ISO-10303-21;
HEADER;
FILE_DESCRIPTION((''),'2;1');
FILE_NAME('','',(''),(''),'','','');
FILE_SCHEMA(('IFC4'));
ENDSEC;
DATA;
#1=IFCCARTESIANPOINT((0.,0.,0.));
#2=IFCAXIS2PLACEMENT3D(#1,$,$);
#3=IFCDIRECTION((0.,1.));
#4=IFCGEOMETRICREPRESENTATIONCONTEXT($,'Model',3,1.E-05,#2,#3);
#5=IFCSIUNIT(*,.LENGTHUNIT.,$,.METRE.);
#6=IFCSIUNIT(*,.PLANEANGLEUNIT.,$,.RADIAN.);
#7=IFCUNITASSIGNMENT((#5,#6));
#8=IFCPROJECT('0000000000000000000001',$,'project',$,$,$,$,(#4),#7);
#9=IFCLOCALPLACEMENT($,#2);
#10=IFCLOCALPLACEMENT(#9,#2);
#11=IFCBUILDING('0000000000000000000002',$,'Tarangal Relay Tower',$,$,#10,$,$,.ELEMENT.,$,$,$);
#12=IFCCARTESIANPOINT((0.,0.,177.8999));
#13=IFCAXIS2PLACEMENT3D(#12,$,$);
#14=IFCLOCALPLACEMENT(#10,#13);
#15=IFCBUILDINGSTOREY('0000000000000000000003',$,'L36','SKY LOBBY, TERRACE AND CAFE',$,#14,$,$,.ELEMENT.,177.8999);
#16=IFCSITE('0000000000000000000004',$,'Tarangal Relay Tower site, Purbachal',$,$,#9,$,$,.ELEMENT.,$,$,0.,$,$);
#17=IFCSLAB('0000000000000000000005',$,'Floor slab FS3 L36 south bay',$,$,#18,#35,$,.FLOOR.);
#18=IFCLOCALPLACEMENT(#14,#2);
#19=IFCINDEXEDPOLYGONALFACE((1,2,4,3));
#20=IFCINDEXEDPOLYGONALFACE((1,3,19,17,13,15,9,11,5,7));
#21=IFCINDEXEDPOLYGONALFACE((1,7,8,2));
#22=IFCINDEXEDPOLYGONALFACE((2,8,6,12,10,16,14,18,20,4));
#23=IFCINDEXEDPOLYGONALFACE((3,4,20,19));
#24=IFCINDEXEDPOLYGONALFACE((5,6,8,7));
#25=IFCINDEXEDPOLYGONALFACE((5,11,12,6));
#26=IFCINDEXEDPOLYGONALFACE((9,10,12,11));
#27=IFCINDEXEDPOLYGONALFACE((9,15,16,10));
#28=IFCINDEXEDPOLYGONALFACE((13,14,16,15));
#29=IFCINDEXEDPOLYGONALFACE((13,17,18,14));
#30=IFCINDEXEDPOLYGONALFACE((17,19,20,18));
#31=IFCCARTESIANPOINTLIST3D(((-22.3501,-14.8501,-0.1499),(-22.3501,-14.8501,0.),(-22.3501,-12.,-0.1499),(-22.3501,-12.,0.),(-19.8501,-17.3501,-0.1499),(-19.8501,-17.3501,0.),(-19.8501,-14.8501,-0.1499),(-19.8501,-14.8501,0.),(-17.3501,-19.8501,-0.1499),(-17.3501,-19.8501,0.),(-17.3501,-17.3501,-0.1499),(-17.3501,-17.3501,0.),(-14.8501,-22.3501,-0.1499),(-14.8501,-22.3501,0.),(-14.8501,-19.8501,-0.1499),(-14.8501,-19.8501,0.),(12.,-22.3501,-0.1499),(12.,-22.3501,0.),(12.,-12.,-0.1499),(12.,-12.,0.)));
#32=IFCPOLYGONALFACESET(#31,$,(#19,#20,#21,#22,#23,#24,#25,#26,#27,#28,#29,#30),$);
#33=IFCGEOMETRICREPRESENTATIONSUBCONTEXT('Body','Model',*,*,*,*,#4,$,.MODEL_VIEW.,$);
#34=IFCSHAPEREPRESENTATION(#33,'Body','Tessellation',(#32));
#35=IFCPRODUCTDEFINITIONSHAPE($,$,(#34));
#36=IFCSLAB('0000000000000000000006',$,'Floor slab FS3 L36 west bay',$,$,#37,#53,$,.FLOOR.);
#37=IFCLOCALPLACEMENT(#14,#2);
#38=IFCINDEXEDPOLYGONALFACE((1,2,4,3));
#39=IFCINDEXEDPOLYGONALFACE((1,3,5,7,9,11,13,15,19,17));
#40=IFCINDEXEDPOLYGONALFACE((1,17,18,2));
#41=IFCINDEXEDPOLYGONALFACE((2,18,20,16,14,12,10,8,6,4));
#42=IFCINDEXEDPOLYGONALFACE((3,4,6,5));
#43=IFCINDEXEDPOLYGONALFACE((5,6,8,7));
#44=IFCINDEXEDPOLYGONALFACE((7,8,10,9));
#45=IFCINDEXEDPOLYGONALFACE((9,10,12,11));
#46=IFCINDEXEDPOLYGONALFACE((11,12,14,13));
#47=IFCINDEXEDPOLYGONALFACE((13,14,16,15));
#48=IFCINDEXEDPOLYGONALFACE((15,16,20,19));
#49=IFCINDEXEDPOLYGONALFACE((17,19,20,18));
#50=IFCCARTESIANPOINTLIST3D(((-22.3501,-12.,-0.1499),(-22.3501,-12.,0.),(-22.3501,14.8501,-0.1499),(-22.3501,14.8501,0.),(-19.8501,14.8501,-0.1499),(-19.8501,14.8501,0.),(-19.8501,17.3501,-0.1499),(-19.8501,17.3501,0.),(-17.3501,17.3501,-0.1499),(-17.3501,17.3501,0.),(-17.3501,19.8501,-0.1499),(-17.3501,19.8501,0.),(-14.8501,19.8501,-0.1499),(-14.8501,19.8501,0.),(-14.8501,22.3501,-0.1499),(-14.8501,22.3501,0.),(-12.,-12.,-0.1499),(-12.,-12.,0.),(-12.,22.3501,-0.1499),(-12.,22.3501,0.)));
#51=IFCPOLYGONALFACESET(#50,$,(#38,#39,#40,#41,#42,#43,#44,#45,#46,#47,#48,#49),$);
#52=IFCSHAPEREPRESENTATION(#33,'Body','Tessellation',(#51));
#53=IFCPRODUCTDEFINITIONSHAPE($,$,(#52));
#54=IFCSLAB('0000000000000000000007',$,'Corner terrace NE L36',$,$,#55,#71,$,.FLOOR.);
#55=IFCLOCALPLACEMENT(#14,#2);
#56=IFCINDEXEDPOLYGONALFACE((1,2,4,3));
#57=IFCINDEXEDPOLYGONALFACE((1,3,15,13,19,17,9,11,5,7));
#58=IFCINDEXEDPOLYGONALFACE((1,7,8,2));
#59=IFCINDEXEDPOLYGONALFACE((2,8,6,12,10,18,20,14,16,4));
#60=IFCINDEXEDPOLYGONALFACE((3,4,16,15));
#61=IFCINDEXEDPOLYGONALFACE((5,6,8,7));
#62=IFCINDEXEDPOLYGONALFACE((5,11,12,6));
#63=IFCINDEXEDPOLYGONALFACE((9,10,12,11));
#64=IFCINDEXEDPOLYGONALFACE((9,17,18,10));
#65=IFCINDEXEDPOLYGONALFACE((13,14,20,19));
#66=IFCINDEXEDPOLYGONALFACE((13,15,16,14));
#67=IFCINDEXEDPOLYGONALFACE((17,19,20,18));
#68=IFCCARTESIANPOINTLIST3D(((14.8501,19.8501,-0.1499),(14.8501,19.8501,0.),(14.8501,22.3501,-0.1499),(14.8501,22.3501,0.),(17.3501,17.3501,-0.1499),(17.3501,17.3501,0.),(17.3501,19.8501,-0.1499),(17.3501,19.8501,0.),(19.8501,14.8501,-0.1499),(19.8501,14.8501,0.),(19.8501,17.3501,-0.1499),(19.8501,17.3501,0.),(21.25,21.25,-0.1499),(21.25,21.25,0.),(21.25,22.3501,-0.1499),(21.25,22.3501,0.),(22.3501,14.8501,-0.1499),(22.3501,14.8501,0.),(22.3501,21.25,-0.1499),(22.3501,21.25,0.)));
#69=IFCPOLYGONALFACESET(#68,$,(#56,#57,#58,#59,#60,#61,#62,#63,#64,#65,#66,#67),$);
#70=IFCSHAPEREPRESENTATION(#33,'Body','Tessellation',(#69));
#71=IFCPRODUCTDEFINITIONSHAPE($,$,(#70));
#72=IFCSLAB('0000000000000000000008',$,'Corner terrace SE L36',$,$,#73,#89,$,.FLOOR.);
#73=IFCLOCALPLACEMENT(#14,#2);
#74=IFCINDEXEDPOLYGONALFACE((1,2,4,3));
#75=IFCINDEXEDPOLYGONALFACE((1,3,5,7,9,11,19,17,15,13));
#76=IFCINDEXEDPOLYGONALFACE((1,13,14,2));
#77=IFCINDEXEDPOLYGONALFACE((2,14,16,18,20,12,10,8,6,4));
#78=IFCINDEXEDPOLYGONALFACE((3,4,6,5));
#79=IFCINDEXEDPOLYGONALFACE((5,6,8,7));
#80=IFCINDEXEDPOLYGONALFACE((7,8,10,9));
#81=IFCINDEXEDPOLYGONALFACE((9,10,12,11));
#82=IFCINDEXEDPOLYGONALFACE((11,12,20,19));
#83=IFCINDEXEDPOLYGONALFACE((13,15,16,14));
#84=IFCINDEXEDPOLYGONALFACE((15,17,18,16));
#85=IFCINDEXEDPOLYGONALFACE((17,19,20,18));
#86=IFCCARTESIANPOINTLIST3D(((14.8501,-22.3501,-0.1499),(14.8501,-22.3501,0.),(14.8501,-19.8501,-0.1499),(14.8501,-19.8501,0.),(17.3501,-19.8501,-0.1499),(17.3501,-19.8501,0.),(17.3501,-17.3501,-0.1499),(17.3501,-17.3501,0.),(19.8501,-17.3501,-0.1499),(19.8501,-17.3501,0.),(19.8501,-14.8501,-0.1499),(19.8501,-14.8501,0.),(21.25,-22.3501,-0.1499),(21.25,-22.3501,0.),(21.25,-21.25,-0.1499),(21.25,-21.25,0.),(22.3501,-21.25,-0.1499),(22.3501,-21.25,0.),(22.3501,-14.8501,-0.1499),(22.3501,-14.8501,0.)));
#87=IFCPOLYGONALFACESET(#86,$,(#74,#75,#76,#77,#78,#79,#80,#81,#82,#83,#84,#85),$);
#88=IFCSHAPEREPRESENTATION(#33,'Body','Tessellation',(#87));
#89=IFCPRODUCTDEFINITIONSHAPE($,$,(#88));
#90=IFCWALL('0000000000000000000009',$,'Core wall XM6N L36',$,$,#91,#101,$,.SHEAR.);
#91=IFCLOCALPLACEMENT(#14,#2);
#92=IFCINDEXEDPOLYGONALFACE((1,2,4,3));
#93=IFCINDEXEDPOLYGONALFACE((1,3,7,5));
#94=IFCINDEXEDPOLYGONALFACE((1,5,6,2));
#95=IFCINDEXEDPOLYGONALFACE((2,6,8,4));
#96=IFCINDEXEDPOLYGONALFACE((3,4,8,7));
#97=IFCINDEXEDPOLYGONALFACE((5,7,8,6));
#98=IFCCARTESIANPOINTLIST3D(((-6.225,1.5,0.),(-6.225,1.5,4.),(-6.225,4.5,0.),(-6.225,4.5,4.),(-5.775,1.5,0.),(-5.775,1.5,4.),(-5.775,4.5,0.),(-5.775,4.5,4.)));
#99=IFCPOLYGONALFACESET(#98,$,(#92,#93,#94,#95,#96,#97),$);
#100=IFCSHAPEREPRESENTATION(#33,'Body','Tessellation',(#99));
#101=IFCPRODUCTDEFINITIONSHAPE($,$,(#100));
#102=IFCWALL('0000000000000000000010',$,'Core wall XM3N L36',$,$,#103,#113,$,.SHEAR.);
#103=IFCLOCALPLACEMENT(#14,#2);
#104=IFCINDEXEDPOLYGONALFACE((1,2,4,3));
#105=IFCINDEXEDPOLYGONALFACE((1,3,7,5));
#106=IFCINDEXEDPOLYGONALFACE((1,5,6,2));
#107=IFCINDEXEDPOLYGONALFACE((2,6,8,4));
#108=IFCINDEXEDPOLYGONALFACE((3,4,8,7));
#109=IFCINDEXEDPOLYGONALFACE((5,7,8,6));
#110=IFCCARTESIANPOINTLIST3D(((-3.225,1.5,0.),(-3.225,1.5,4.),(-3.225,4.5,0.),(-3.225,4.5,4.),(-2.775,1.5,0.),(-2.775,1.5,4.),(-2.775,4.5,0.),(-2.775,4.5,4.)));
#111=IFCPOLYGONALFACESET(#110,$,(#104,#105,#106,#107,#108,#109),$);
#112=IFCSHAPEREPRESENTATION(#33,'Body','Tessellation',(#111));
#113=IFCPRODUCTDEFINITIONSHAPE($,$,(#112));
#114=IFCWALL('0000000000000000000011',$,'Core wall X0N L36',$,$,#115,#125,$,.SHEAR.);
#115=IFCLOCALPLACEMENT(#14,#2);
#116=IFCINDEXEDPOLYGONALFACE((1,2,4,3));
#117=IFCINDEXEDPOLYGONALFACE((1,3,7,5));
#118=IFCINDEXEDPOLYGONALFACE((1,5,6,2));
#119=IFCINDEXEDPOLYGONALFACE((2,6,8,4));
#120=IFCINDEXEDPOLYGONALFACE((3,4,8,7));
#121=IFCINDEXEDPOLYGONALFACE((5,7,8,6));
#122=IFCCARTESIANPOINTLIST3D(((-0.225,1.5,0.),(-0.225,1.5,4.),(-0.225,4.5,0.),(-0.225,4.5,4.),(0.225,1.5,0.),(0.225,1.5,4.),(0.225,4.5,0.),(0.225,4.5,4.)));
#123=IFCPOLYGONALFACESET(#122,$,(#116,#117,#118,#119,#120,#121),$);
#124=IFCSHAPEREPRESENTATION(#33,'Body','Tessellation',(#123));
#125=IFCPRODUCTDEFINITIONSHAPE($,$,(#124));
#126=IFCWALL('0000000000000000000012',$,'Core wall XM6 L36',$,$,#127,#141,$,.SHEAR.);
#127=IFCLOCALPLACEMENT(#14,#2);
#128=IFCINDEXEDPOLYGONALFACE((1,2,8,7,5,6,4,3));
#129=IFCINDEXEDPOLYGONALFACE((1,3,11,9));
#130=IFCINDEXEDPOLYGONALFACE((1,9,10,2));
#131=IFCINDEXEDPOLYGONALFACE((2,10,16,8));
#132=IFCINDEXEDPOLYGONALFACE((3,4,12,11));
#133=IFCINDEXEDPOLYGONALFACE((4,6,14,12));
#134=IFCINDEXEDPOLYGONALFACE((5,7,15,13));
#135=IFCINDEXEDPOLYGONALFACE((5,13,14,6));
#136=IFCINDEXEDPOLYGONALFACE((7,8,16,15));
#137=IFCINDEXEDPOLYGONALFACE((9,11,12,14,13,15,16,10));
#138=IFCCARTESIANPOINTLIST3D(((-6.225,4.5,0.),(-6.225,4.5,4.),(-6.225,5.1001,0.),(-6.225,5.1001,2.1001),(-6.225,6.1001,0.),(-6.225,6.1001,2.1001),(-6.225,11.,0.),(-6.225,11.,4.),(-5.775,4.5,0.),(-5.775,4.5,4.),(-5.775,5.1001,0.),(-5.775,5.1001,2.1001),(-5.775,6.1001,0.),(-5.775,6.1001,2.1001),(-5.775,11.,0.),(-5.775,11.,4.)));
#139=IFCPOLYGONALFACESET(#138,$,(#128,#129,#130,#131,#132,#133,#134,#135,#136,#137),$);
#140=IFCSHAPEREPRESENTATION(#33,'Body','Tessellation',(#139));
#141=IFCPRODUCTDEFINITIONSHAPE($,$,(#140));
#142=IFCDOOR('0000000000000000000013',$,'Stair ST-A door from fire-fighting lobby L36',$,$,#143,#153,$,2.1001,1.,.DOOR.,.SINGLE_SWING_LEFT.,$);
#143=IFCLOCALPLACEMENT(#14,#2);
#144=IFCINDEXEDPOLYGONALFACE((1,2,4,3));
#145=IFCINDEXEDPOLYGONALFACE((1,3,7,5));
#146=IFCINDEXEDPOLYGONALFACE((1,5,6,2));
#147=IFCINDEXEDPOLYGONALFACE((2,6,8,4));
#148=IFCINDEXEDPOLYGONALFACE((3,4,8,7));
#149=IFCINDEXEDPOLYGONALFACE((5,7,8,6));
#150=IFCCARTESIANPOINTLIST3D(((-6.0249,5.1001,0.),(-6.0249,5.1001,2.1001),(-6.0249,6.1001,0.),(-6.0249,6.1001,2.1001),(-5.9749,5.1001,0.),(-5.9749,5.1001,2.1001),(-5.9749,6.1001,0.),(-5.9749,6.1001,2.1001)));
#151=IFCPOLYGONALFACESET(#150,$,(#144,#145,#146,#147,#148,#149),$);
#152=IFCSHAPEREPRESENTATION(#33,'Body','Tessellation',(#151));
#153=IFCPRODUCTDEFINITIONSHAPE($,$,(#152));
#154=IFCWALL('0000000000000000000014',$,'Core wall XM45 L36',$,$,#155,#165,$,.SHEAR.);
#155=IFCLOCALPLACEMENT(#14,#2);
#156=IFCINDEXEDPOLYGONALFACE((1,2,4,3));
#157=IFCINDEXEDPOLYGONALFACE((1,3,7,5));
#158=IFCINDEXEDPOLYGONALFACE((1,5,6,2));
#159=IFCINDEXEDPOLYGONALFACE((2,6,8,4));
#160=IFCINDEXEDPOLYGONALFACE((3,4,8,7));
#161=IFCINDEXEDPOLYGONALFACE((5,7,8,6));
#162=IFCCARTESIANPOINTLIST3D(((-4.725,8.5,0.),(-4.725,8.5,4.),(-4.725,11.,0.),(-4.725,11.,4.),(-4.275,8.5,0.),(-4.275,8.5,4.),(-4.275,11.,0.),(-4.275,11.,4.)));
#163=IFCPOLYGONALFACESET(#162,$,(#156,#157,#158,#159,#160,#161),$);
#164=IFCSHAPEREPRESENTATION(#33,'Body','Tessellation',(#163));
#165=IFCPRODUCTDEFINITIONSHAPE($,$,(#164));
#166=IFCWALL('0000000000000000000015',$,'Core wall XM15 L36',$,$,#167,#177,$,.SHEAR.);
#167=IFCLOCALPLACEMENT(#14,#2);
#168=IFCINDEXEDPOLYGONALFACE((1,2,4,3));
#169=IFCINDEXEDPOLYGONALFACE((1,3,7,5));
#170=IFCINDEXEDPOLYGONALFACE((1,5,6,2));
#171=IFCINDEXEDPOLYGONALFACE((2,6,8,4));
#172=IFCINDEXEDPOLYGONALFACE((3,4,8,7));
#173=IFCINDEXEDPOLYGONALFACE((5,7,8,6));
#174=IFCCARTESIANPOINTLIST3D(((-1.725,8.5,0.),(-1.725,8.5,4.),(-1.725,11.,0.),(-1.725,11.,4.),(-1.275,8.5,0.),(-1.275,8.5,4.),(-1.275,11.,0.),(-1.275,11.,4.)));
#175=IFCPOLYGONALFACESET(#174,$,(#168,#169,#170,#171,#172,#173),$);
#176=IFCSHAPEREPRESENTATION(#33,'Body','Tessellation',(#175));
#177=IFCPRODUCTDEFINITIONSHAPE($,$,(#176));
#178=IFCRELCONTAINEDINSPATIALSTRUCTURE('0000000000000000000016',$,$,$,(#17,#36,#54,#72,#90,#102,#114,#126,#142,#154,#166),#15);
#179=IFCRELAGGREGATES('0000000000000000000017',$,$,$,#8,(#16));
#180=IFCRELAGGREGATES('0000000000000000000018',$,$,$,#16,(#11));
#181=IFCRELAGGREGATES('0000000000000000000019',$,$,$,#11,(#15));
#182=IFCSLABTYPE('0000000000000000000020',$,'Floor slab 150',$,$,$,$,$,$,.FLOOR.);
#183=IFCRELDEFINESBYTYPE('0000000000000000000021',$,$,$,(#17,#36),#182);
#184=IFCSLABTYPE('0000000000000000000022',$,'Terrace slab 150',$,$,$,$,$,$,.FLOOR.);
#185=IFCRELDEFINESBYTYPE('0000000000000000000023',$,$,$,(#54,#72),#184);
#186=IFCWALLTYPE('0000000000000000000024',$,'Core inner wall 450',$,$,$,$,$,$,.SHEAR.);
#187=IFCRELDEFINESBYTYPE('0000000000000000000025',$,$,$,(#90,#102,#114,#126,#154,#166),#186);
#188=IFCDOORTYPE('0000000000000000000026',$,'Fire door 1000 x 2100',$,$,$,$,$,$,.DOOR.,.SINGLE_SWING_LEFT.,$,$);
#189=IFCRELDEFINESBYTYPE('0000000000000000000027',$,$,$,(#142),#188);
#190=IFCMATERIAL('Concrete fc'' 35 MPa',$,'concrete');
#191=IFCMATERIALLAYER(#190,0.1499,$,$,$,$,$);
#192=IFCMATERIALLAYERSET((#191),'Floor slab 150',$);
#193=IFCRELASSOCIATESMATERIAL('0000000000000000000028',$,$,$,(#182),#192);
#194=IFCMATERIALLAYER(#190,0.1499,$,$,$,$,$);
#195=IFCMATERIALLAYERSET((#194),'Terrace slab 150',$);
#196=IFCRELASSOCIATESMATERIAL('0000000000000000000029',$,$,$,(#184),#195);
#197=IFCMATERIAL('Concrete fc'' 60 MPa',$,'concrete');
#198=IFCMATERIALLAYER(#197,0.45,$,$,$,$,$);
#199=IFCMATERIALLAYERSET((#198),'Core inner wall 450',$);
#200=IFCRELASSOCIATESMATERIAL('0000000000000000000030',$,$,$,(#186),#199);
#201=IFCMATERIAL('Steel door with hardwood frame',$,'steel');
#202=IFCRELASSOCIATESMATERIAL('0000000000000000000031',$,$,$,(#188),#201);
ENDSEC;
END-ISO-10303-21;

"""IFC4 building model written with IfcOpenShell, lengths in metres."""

from ifc_helpers import new_model, si_unit, direction, frame, frame_2d, origin, place, context, subcontext, project, spatial, polyline, rectangle, outline, extrude, material, layer, layer_set, type_object, element, fill, save


model = new_model("IFC4")

# Units and contexts
model_context = context("Model", 3, precision=1e-05, world=origin(), true_north=direction((0.0, 1.0)))
body_context = subcontext(model_context, "Body", "Model", "MODEL_VIEW")
ifc_project = project(units=[si_unit("LENGTHUNIT", "METRE"), si_unit("PLANEANGLEUNIT", "RADIAN")], contexts=[model_context])

# Site, building, storey
site_placement = place(None, origin())
site = spatial("IfcSite", under=ifc_project, at=site_placement, Name="Tarangal Relay Tower site, Purbachal", CompositionType="ELEMENT", RefElevation=0.0)
building_placement = place(site_placement, origin())
building = spatial("IfcBuilding", under=site, at=building_placement, Name="Tarangal Relay Tower", CompositionType="ELEMENT")
storey_placement = place(building_placement, frame((0.0, 0.0, 177.8999)))
storey = spatial("IfcBuildingStorey", under=building, at=storey_placement, Name="L36", Description="SKY LOBBY, TERRACE AND CAFE", CompositionType="ELEMENT", Elevation=177.8999)

# Slabs
ifc_material_1 = material(Name="Concrete fc' 35 MPa", Category="concrete")
ifc_layer_1 = layer(ifc_material_1, 0.1499)
ifc_layer_set_1 = layer_set([ifc_layer_1], Name="Floor slab 150")
slab_type_1 = type_object("IfcSlabType", Name="Floor slab 150", PredefinedType="FLOOR", material=ifc_layer_set_1)
slab_1_placement = place(storey_placement, frame((0.0, 0.0, -0.1499)))
element("IfcSlab", 1, at=slab_1_placement, inside=storey, type_object=slab_type_1, Name="Floor slab FS3 L36 south bay", PredefinedType="FLOOR", context=body_context, shape_type="SweptSolid", body=[
    extrude(outline(polyline([(-14.8501, -22.3501), (-14.8501, -19.8501), (-17.3501, -19.8501), (-17.3501, -17.3501), (-19.8501, -17.3501), (-19.8501, -14.8501), (-22.3501, -14.8501), (-22.3501, -12.0), (12.0, -12.0), (12.0, -22.3501), (-14.8501, -22.3501)])), origin(), (0.0, 0.0, 1.0), 0.1499),
])
slab_2_placement = place(storey_placement, frame((0.0, 0.0, -0.1499)))
element("IfcSlab", 2, at=slab_2_placement, inside=storey, type_object=slab_type_1, Name="Floor slab FS3 L36 west bay", PredefinedType="FLOOR", context=body_context, shape_type="SweptSolid", body=[
    extrude(outline(polyline([(-12.0, 22.3501), (-12.0, -12.0), (-22.3501, -12.0), (-22.3501, 14.8501), (-19.8501, 14.8501), (-19.8501, 17.3501), (-17.3501, 17.3501), (-17.3501, 19.8501), (-14.8501, 19.8501), (-14.8501, 22.3501), (-12.0, 22.3501)])), origin(), (0.0, 0.0, 1.0), 0.1499),
])
ifc_layer_2 = layer(ifc_material_1, 0.1499)
ifc_layer_set_2 = layer_set([ifc_layer_2], Name="Terrace slab 150")
slab_type_2 = type_object("IfcSlabType", Name="Terrace slab 150", PredefinedType="FLOOR", material=ifc_layer_set_2)
slab_3_placement = place(storey_placement, frame((0.0, 0.0, -0.1499)))
element("IfcSlab", 3, at=slab_3_placement, inside=storey, type_object=slab_type_2, Name="Corner terrace NE L36", PredefinedType="FLOOR", context=body_context, shape_type="SweptSolid", body=[
    extrude(outline(polyline([(14.8501, 22.3501), (14.8501, 19.8501), (17.3501, 19.8501), (17.3501, 17.3501), (19.8501, 17.3501), (19.8501, 14.8501), (22.3501, 14.8501), (22.3501, 21.25), (21.25, 21.25), (21.25, 22.3501), (14.8501, 22.3501)])), origin(), (0.0, 0.0, 1.0), 0.1499),
])
slab_4_placement = place(storey_placement, frame((0.0, 0.0, -0.1499)))
element("IfcSlab", 4, at=slab_4_placement, inside=storey, type_object=slab_type_2, Name="Corner terrace SE L36", PredefinedType="FLOOR", context=body_context, shape_type="SweptSolid", body=[
    extrude(outline(polyline([(22.3501, -14.8501), (19.8501, -14.8501), (19.8501, -17.3501), (17.3501, -17.3501), (17.3501, -19.8501), (14.8501, -19.8501), (14.8501, -22.3501), (21.25, -22.3501), (21.25, -21.25), (22.3501, -21.25), (22.3501, -14.8501)])), origin(), (0.0, 0.0, 1.0), 0.1499),
])

# Shared definitions
ifc_material_2 = material(Name="Concrete fc' 60 MPa", Category="concrete")
ifc_layer_3 = layer(ifc_material_2, 0.45)
ifc_layer_set_3 = layer_set([ifc_layer_3], Name="Core inner wall 450")
wall_type = type_object("IfcWallType", Name="Core inner wall 450", PredefinedType="SHEAR", material=ifc_layer_set_3)
ifc_material_3 = material(Name="Steel door with hardwood frame", Category="steel")

# Walls
for number, where, z_axis, x_axis, name in (
    (5, (-6.0, 1.5, 0.0), (0.0, 0.0, 1.0), (0.0, 1.0, 0.0), "Core wall XM6N L36"),
    (6, (-3.0, 1.5, 0.0), (0.0, 0.0, 1.0), (0.0, 1.0, 0.0), "Core wall XM3N L36"),
    (7, (0.0, 1.5, 0.0), (0.0, 0.0, 1.0), (0.0, 1.0, 0.0), "Core wall X0N L36"),
):
    element("IfcWall", number, at=place(storey_placement, frame(where, z_axis=z_axis, x_axis=x_axis)), inside=storey, type_object=wall_type, Name=name, PredefinedType="SHEAR", context=body_context, shape_type="SweptSolid", body=[
        extrude(rectangle(XDim=3.0, YDim=0.45, at=frame_2d((1.5, 0.0))), origin(), (0.0, 0.0, 1.0), 4.0),
    ])

# Wall, opening, door
wall_1_placement = place(storey_placement, frame((-6.0, 4.5, 0.0), z_axis=(0.0, 0.0, 1.0), x_axis=(0.0, 1.0, 0.0)))
wall_1 = element("IfcWall", 8, at=wall_1_placement, inside=storey, type_object=wall_type, Name="Core wall XM6 L36", PredefinedType="SHEAR", context=body_context, shape_type="SweptSolid", body=[
    extrude(rectangle(XDim=6.5, YDim=0.45, at=frame_2d((3.25, 0.0))), origin(), (0.0, 0.0, 1.0), 4.0),
])
opening_1_placement = place(wall_1_placement, frame((0.6001, 0.0, 0.0)))
opening_1 = element("IfcOpeningElement", 9, at=opening_1_placement, cuts=wall_1, PredefinedType="OPENING", context=body_context, shape_type="SweptSolid", body=[
    extrude(rectangle(XDim=1.0, YDim=2.1001, at=frame_2d((0.5, 1.05))), frame((0.0, 0.2349, 0.0), z_axis=(0.0, -1.0, 0.0), x_axis=(1.0, 0.0, 0.0)), (0.0, 0.0, 1.0), 0.47),
])
door_type_1 = type_object("IfcDoorType", Name="Fire door 1000 x 2100", OperationType="SINGLE_SWING_LEFT", PredefinedType="DOOR", material=ifc_material_3)
door_1_placement = place(opening_1_placement, origin())
door_1 = element("IfcDoor", 10, at=door_1_placement, inside=storey, type_object=door_type_1, Name="Stair ST-A door from fire-fighting lobby L36", OperationType="SINGLE_SWING_LEFT", OverallHeight=2.1001, OverallWidth=1.0, PredefinedType="DOOR", context=body_context, shape_type="SweptSolid", body=[
    extrude(rectangle(XDim=1.0, YDim=2.1001, at=frame_2d((0.5, 1.05))), frame((0.0, 0.0249, 0.0), z_axis=(0.0, -1.0, 0.0), x_axis=(1.0, 0.0, 0.0)), (0.0, 0.0, 1.0), 0.05),
])
fill(opening_1, door_1)

# Walls
for number, where, z_axis, x_axis, name in (
    (11, (-4.5, 8.5, 0.0), (0.0, 0.0, 1.0), (0.0, 1.0, 0.0), "Core wall XM45 L36"),
    (12, (-1.5, 8.5, 0.0), (0.0, 0.0, 1.0), (0.0, 1.0, 0.0), "Core wall XM15 L36"),
):
    element("IfcWall", number, at=place(storey_placement, frame(where, z_axis=z_axis, x_axis=x_axis)), inside=storey, type_object=wall_type, Name=name, PredefinedType="SHEAR", context=body_context, shape_type="SweptSolid", body=[
        extrude(rectangle(XDim=2.5, YDim=0.45, at=frame_2d((1.25, 0.0))), origin(), (0.0, 0.0, 1.0), 4.0),
    ])

save(model, "model.ifc")
